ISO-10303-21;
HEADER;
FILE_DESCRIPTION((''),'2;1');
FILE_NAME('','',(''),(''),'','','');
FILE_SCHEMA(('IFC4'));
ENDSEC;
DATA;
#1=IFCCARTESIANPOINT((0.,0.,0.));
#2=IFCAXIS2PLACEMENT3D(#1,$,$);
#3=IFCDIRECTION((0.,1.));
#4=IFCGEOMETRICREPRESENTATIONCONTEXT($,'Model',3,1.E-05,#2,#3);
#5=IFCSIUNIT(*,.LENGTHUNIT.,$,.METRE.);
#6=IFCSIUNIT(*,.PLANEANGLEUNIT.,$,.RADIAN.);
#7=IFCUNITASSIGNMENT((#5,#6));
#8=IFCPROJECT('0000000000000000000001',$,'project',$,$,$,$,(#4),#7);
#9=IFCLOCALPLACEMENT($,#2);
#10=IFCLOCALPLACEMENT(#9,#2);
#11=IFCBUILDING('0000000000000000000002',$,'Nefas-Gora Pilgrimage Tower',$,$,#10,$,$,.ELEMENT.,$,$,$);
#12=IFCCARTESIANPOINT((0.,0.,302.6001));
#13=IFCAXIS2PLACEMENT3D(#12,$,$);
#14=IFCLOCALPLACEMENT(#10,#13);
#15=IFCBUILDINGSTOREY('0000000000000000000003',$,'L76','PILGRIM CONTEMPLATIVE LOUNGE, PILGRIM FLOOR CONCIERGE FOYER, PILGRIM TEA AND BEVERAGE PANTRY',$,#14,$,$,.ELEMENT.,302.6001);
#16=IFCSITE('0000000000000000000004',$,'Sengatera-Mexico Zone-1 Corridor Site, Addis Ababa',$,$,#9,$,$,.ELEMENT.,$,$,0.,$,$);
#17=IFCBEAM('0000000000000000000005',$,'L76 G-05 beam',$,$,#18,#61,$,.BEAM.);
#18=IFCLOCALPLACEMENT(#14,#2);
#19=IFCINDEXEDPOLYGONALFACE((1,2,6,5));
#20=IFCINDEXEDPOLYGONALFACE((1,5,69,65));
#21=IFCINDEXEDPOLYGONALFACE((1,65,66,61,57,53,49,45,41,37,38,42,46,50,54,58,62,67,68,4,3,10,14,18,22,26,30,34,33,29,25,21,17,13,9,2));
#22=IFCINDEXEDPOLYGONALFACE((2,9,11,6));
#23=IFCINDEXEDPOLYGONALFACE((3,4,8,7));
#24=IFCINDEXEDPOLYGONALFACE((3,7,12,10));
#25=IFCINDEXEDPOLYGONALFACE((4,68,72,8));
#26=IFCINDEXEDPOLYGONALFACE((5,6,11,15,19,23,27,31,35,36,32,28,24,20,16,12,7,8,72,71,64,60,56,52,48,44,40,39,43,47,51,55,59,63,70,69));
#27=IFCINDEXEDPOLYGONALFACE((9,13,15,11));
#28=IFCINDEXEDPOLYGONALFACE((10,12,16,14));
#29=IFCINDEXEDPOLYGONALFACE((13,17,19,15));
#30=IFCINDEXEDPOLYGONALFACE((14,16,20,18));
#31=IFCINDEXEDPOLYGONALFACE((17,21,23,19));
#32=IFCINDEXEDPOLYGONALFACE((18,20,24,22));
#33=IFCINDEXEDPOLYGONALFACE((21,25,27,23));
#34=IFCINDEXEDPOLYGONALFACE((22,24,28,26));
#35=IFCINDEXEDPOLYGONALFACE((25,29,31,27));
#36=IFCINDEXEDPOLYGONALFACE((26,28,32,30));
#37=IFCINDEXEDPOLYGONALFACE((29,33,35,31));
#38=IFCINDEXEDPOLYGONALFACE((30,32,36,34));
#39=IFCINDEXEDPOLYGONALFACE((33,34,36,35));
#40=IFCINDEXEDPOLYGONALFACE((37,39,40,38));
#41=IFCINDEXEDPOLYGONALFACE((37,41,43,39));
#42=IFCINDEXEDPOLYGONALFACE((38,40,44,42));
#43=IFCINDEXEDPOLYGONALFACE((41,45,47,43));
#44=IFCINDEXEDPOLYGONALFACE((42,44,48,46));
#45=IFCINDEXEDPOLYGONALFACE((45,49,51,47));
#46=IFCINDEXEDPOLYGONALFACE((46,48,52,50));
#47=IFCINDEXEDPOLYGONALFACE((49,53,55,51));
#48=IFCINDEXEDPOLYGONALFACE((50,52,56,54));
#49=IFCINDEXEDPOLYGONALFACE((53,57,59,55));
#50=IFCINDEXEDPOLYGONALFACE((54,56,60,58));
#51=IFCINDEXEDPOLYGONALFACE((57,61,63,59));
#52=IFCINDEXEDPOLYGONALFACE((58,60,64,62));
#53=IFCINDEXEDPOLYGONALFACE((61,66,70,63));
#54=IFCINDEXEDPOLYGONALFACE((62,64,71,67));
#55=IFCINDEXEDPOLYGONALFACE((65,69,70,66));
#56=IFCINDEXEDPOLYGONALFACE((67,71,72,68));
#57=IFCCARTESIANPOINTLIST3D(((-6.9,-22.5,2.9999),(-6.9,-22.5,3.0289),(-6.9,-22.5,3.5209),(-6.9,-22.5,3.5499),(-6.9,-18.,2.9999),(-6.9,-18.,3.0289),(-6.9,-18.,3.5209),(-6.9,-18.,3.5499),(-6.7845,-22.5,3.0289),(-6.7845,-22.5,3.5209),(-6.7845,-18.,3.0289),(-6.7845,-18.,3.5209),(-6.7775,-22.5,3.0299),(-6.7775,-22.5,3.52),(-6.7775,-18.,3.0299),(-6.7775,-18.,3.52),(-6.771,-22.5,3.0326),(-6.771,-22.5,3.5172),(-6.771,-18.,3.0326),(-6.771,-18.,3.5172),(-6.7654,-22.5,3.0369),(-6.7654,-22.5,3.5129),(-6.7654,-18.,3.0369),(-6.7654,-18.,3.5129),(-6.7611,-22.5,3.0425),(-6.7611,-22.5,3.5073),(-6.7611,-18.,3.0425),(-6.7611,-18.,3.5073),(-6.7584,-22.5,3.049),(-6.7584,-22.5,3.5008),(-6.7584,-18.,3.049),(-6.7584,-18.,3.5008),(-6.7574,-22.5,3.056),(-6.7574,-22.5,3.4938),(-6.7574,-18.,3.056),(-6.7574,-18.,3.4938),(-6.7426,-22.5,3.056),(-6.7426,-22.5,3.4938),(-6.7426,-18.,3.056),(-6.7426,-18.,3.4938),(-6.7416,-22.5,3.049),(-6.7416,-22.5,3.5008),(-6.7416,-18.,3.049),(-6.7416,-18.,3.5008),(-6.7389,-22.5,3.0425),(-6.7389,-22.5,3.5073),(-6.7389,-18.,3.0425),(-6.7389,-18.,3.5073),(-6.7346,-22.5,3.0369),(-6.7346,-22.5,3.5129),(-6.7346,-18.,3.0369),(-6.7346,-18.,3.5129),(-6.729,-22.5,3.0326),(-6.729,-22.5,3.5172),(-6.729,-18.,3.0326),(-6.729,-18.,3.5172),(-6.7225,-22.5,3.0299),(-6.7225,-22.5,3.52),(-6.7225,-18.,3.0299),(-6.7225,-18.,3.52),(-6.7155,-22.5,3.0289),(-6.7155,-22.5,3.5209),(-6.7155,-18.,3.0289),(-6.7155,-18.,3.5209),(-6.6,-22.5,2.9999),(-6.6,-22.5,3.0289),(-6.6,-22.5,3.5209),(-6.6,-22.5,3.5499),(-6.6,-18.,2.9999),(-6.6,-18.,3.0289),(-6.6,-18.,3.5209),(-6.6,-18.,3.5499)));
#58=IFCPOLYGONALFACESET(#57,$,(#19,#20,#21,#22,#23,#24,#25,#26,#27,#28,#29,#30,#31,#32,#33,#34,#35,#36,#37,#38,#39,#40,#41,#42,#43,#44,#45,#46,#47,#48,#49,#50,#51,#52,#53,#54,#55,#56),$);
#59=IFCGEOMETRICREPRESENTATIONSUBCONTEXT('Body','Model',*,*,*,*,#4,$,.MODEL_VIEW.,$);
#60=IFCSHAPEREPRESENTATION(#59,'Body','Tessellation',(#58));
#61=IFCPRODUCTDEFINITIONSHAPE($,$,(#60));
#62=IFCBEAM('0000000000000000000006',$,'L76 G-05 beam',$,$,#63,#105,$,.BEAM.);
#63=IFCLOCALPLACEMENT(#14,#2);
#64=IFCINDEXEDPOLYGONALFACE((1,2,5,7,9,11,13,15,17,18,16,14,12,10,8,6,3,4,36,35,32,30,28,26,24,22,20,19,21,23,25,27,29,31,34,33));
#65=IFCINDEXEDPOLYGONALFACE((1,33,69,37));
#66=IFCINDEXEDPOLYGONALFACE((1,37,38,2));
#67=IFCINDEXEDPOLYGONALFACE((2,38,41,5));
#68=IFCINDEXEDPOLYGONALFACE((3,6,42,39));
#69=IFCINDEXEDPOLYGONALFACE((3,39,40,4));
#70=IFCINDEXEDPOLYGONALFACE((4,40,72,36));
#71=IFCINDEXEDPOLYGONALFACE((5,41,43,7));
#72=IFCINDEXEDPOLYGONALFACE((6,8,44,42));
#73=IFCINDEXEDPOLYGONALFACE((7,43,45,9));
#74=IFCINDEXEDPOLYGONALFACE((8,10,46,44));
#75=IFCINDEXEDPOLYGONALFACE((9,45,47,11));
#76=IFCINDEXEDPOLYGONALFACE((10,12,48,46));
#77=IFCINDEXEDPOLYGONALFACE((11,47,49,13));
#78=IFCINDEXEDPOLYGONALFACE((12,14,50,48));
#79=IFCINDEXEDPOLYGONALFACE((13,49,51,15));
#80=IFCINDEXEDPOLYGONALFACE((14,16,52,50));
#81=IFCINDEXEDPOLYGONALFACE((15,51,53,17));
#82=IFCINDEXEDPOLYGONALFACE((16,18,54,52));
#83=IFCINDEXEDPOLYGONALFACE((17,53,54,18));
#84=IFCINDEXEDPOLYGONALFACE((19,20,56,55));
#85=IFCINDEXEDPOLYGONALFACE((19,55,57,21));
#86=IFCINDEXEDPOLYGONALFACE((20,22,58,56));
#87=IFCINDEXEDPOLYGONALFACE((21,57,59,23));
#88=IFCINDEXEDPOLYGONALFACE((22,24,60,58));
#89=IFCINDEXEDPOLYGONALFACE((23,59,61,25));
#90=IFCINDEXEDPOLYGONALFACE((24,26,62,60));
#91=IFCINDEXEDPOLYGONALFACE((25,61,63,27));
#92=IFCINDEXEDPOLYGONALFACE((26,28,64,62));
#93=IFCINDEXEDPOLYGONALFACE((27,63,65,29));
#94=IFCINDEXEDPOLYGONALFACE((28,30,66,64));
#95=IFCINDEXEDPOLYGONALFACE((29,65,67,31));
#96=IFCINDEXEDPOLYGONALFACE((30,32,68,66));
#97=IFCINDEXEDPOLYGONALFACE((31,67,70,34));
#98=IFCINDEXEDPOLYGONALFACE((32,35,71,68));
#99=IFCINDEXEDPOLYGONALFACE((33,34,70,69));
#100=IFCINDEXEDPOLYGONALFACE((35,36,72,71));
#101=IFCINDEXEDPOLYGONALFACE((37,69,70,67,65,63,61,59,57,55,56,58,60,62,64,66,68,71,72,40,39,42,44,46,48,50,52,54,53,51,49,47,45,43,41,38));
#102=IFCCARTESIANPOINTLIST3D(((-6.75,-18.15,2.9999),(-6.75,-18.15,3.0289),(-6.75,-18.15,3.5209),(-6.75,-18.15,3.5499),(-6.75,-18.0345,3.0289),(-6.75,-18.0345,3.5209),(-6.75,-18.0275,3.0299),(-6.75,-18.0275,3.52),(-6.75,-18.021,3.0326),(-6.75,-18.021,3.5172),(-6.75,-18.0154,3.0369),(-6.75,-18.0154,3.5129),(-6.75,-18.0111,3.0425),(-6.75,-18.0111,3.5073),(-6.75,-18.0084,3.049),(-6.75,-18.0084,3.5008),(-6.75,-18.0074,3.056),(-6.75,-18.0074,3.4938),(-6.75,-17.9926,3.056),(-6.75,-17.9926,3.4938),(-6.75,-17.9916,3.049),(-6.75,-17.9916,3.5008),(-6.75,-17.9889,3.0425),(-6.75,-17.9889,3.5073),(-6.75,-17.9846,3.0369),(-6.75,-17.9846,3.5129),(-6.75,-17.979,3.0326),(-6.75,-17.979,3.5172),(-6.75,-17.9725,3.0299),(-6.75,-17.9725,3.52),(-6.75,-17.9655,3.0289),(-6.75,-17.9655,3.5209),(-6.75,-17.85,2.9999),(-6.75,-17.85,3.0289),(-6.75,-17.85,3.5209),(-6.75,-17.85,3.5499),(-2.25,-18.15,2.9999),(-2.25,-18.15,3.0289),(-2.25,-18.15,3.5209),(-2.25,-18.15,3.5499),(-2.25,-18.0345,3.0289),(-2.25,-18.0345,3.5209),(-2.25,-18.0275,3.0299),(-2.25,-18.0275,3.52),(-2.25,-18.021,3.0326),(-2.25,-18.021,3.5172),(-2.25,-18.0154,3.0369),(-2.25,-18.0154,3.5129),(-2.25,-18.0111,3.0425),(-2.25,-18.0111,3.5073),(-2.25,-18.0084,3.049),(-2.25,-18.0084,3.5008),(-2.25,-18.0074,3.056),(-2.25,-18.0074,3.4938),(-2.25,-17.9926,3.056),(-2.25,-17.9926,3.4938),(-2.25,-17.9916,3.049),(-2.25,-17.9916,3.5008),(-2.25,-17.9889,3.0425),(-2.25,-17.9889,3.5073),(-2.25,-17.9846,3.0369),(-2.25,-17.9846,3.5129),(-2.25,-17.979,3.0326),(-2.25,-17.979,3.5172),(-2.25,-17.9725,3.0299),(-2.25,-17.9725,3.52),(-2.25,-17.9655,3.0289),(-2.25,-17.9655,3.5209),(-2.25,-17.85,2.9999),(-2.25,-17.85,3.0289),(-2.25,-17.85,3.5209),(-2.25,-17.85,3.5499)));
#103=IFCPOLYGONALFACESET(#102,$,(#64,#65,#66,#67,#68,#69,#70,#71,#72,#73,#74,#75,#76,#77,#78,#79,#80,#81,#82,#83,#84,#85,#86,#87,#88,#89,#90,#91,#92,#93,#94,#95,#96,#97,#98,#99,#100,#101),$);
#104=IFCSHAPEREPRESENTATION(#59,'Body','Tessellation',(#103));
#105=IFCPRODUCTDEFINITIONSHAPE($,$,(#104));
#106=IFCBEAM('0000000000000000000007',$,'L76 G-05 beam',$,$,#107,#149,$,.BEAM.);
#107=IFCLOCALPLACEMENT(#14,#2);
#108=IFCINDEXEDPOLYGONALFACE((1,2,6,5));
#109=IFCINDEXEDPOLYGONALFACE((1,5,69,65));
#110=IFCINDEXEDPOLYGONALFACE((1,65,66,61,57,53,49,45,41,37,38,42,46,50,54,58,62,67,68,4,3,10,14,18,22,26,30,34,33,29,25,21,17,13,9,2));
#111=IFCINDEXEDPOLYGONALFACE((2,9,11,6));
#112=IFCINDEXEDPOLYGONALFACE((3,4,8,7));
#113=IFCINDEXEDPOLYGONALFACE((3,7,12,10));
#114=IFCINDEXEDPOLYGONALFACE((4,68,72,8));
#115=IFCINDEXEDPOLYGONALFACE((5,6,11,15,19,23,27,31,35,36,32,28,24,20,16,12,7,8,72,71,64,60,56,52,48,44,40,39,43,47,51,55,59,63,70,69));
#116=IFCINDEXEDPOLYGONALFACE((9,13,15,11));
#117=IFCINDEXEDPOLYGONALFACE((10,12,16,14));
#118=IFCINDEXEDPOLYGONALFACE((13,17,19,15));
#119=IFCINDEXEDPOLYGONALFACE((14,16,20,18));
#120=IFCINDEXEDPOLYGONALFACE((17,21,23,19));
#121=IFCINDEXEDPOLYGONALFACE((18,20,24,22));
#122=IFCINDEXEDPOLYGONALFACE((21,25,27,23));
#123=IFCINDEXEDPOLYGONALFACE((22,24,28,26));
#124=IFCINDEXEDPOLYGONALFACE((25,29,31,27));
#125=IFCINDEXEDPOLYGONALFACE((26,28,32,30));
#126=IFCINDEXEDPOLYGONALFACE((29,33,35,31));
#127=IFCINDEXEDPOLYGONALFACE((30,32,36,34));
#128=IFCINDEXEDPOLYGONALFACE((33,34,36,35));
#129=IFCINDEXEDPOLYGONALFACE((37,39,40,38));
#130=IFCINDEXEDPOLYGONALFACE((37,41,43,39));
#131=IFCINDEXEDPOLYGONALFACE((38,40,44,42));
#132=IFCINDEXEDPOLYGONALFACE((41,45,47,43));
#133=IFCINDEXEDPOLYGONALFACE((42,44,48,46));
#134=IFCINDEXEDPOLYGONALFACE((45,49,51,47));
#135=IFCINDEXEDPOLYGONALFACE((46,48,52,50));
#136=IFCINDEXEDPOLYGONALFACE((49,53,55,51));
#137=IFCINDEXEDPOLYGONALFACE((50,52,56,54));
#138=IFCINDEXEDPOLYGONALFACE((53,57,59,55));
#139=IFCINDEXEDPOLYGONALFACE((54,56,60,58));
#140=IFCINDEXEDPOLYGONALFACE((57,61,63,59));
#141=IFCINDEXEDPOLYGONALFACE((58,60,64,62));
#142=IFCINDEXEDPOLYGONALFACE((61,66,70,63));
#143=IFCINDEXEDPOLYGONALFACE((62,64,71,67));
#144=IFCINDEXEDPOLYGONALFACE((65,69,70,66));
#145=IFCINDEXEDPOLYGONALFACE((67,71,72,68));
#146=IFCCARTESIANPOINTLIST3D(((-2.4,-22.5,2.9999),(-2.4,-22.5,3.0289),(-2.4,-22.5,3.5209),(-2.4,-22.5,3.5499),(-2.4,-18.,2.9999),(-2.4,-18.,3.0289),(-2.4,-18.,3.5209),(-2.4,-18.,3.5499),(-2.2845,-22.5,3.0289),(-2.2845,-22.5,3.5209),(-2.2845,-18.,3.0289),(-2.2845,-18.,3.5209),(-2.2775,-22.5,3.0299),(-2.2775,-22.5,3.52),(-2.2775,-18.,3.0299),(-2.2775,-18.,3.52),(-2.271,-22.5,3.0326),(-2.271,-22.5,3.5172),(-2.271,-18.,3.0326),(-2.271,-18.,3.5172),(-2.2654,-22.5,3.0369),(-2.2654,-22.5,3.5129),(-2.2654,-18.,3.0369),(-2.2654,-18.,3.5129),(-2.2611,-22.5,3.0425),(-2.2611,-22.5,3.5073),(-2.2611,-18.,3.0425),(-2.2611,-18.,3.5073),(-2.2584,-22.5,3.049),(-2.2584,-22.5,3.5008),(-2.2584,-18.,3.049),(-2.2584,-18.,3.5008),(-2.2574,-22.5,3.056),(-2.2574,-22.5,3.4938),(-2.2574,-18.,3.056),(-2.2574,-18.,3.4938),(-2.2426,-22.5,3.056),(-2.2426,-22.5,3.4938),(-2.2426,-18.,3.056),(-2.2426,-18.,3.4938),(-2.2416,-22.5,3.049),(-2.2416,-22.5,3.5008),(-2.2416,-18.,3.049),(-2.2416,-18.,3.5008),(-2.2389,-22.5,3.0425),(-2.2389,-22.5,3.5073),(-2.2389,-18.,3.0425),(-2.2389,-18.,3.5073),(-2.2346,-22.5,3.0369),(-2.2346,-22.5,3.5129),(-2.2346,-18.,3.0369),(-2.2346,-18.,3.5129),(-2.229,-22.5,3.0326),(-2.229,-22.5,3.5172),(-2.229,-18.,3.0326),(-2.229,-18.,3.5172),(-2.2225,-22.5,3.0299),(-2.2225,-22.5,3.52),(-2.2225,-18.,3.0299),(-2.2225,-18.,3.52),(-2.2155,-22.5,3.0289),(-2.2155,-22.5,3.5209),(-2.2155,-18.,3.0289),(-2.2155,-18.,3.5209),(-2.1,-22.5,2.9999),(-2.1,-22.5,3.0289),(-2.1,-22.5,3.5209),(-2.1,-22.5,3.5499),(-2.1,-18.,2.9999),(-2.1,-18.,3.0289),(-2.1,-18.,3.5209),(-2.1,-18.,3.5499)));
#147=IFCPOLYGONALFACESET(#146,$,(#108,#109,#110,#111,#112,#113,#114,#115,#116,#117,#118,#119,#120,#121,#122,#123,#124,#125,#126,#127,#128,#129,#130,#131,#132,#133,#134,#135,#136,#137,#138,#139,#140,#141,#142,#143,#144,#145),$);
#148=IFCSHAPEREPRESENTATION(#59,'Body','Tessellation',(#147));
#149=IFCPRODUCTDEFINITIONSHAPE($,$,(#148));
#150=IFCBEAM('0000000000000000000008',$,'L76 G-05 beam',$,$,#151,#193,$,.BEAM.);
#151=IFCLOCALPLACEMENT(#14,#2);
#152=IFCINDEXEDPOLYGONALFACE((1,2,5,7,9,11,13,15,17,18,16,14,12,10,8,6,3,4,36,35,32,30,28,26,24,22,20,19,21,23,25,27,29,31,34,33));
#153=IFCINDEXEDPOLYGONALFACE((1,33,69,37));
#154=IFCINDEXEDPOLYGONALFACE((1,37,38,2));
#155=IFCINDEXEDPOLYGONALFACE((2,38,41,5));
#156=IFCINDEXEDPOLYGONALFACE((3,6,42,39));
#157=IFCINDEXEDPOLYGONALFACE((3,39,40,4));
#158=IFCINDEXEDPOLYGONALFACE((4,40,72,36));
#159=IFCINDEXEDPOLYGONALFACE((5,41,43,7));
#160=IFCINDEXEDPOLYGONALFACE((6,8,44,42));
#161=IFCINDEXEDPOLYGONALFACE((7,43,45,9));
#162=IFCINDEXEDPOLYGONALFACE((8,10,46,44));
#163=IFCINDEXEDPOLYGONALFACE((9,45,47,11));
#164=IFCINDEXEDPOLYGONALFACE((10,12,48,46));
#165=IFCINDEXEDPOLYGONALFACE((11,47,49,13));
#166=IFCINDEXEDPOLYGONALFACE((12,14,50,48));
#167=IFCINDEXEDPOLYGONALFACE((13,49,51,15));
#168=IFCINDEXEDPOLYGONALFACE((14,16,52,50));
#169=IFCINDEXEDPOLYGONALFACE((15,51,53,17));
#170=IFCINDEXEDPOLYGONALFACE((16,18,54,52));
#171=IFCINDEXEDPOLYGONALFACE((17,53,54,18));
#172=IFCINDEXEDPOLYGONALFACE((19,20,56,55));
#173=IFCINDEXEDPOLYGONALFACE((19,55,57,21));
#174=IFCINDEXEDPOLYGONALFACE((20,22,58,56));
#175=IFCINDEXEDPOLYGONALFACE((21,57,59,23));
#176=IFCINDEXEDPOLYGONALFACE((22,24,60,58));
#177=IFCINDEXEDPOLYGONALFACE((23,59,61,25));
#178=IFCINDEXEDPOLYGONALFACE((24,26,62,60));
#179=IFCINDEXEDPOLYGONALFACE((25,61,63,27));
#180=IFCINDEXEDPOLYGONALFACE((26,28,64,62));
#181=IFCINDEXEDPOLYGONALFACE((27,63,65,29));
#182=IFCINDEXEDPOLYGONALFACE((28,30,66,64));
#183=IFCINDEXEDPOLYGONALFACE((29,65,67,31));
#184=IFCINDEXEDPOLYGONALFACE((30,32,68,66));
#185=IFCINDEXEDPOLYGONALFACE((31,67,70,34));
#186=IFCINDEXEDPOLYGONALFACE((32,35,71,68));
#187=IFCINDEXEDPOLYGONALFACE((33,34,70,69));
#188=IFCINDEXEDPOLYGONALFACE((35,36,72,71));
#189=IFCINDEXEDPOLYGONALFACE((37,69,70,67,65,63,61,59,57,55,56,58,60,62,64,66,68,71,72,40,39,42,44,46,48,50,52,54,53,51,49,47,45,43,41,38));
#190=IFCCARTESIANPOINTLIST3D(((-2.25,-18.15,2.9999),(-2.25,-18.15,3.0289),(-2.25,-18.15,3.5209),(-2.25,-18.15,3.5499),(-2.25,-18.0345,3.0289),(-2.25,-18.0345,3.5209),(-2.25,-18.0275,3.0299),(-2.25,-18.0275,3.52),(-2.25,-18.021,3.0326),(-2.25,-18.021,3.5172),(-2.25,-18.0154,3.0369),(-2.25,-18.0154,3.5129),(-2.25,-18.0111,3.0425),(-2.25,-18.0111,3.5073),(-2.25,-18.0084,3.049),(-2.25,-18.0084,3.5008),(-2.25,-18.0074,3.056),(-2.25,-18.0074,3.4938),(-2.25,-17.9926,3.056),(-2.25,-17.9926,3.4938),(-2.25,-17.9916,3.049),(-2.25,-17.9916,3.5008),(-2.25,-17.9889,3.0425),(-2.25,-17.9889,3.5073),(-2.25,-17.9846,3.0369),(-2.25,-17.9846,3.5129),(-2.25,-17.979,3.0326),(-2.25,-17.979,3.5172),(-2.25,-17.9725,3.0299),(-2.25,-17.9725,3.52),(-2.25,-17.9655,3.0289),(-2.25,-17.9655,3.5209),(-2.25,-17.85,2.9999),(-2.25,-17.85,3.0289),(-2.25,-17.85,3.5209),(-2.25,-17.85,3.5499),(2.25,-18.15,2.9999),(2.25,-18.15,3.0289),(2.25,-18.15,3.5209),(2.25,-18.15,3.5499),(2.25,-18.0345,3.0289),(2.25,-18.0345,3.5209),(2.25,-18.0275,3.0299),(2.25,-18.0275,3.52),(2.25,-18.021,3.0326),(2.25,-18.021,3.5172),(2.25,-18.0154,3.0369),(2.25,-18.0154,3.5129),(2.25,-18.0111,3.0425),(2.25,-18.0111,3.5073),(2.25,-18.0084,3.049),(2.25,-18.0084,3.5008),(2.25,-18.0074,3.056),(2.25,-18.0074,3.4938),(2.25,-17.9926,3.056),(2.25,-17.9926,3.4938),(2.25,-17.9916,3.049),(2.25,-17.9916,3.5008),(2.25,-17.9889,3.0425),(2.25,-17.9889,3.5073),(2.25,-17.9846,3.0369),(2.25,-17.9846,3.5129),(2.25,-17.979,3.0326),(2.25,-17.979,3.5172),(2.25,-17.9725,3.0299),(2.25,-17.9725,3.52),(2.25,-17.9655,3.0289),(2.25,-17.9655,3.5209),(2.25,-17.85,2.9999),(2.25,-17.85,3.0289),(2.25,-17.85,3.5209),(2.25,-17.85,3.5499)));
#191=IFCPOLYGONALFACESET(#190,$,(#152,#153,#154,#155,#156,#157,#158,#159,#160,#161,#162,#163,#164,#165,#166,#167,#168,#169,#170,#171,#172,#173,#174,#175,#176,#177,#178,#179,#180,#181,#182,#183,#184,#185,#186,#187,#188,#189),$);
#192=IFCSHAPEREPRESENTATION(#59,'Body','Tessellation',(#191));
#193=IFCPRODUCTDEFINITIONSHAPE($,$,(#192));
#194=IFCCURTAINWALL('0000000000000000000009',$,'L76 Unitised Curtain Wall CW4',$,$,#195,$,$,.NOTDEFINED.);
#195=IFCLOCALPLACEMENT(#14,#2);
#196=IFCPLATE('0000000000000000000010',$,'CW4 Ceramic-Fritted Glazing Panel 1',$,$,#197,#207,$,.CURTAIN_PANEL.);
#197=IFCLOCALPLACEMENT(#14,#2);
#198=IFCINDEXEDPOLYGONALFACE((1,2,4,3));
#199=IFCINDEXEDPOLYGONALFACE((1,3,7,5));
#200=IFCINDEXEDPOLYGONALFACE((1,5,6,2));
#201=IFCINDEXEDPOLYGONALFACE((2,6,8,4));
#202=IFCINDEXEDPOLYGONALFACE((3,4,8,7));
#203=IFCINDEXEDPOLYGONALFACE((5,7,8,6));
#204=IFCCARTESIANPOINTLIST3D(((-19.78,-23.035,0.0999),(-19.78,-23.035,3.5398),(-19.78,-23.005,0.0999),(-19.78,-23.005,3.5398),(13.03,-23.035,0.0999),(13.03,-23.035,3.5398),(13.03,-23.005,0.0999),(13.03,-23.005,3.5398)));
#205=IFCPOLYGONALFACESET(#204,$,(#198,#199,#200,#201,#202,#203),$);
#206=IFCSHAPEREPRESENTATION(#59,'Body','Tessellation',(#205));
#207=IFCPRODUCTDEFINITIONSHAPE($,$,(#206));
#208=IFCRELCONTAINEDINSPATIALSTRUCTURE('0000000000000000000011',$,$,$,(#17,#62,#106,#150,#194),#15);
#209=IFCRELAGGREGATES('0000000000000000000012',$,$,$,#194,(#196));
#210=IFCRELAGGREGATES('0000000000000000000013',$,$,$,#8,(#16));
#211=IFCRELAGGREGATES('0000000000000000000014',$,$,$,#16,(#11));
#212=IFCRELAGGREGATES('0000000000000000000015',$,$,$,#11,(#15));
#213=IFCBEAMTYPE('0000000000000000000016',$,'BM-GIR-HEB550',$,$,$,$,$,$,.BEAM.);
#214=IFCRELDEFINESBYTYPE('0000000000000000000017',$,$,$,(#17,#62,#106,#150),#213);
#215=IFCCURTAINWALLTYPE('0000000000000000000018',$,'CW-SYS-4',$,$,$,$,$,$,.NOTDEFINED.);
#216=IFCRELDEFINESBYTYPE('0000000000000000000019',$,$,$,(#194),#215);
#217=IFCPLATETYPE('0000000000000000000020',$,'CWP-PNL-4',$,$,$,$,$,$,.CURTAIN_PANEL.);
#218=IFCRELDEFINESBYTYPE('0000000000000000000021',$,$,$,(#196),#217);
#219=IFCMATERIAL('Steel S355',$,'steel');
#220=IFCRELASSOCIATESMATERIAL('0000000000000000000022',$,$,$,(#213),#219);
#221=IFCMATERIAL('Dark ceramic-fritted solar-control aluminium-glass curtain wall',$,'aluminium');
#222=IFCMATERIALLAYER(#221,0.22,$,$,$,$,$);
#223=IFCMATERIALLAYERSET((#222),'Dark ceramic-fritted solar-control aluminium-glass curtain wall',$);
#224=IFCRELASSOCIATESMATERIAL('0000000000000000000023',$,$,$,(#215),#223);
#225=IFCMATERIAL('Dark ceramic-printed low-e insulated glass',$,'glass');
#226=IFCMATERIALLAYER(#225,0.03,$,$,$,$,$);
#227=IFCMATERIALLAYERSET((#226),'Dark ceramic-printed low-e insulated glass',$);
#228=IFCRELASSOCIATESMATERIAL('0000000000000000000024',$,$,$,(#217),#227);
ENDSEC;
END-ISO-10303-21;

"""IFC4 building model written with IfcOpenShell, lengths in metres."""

from ifc_helpers import new_model, si_unit, direction, frame, origin, origin_2d, place, context, subcontext, project, spatial, rectangle, i_section, extrude, source, transform, mapped, material, layer, layer_set, material_profile, profile_set, type_object, element, aggregate, save


model = new_model("IFC4")

# Units and contexts
model_context = context("Model", 3, precision=1e-05, world=origin(), true_north=direction((0.0, 1.0)))
body_context = subcontext(model_context, "Body", "Model", "MODEL_VIEW")
ifc_project = project(units=[si_unit("LENGTHUNIT", "METRE"), si_unit("PLANEANGLEUNIT", "RADIAN")], contexts=[model_context])

# Site, building, storey
site_placement = place(None, origin())
site = spatial("IfcSite", under=ifc_project, at=site_placement, Name="Sengatera-Mexico Zone-1 Corridor Site, Addis Ababa", CompositionType="ELEMENT", RefElevation=0.0)
building_placement = place(site_placement, origin())
building = spatial("IfcBuilding", under=site, at=building_placement, Name="Nefas-Gora Pilgrimage Tower", CompositionType="ELEMENT")
storey_placement = place(building_placement, frame((0.0, 0.0, 302.6001)))
storey = spatial("IfcBuildingStorey", under=building, at=storey_placement, Name="L76", Description="PILGRIM CONTEMPLATIVE LOUNGE, PILGRIM FLOOR CONCIERGE FOYER, PILGRIM TEA AND BEVERAGE PANTRY", CompositionType="ELEMENT", Elevation=302.6001)

# Shared definitions
ifc_material_1 = material(Name="Steel S355", Category="steel")

# Beams
ifc_material_profile_1 = material_profile(ifc_material_1, i_section(OverallWidth=0.3, OverallDepth=0.55, WebThickness=0.0149, FlangeThickness=0.0291, FilletRadius=0.0271, at=origin_2d()), Name="HEB 550")
ifc_profile_set_1 = profile_set([ifc_material_profile_1], Name="Steel S355")
beam_type_1 = type_object("IfcBeamType", Name="BM-GIR-HEB550", PredefinedType="BEAM", material=ifc_profile_set_1)
shared_shape_1 = source(origin(), body_context, "Body", "SweptSolid", [
    extrude(i_section(OverallWidth=0.3, OverallDepth=0.55, WebThickness=0.0149, FlangeThickness=0.0291, FilletRadius=0.0271, at=origin_2d()), origin(), (0.0, 0.0, 1.0), 4.5),
])
for number, where, z_axis, x_axis, name in (
    (1, (-6.75, -22.5, 3.2749), (0.0, 1.0, 0.0), (-1.0, 0.0, 0.0), "L76 G-05 beam"),
    (2, (-6.75, -18.0, 3.2749), (1.0, 0.0, 0.0), (0.0, 1.0, 0.0), "L76 G-05 beam"),
    (3, (-2.25, -22.5, 3.2749), (0.0, 1.0, 0.0), (-1.0, 0.0, 0.0), "L76 G-05 beam"),
    (4, (-2.25, -18.0, 3.2749), (1.0, 0.0, 0.0), (0.0, 1.0, 0.0), "L76 G-05 beam"),
):
    element("IfcBeam", number, at=place(storey_placement, frame(where, z_axis=z_axis, x_axis=x_axis)), inside=storey, type_object=beam_type_1, Name=name, PredefinedType="BEAM", context=body_context, shape_type="MappedRepresentation", body=[
        mapped(shared_shape_1, transform((0.0, 0.0, 0.0), x_axis=(1.0, 0.0, 0.0), y_axis=(0.0, 1.0, 0.0), z_axis=(0.0, 0.0, 1.0), scale=1.0)),
    ])

# Curtain wall, plate
ifc_material_2 = material(Name="Dark ceramic-fritted solar-control aluminium-glass curtain wall", Category="aluminium")
ifc_layer_1 = layer(ifc_material_2, 0.22)
ifc_layer_set_1 = layer_set([ifc_layer_1], Name="Dark ceramic-fritted solar-control aluminium-glass curtain wall")
curtain_wall_type = type_object("IfcCurtainWallType", Name="CW-SYS-4", PredefinedType="NOTDEFINED", material=ifc_layer_set_1)
curtain_wall_placement = place(storey_placement, origin())
curtain_wall = element("IfcCurtainWall", 5, at=curtain_wall_placement, inside=storey, type_object=curtain_wall_type, Name="L76 Unitised Curtain Wall CW4", PredefinedType="NOTDEFINED")
ifc_material_3 = material(Name="Dark ceramic-printed low-e insulated glass", Category="glass")
ifc_layer_2 = layer(ifc_material_3, 0.03)
ifc_layer_set_2 = layer_set([ifc_layer_2], Name="Dark ceramic-printed low-e insulated glass")
plate_type = type_object("IfcPlateType", Name="CWP-PNL-4", PredefinedType="CURTAIN_PANEL", material=ifc_layer_set_2)
shared_shape_2 = source(origin(), body_context, "Body", "SweptSolid", [
    extrude(rectangle(XDim=32.8101, YDim=0.03, at=origin_2d()), origin(), (0.0, 0.0, 1.0), 3.4399),
])
plate_placement = place(storey_placement, frame((-3.375, -23.02, 0.0999), z_axis=(0.0, 0.0, 1.0), x_axis=(1.0, 0.0, 0.0)))
plate = element("IfcPlate", 6, at=plate_placement, type_object=plate_type, Name="CW4 Ceramic-Fritted Glazing Panel 1", PredefinedType="CURTAIN_PANEL", context=body_context, shape_type="MappedRepresentation", body=[
    mapped(shared_shape_2, transform((0.0, 0.0, 0.0), x_axis=(1.0, 0.0, 0.0), y_axis=(0.0, 1.0, 0.0), z_axis=(0.0, 0.0, 1.0), scale=1.0)),
])
aggregate(curtain_wall, [plate])

save(model, "model.ifc")
